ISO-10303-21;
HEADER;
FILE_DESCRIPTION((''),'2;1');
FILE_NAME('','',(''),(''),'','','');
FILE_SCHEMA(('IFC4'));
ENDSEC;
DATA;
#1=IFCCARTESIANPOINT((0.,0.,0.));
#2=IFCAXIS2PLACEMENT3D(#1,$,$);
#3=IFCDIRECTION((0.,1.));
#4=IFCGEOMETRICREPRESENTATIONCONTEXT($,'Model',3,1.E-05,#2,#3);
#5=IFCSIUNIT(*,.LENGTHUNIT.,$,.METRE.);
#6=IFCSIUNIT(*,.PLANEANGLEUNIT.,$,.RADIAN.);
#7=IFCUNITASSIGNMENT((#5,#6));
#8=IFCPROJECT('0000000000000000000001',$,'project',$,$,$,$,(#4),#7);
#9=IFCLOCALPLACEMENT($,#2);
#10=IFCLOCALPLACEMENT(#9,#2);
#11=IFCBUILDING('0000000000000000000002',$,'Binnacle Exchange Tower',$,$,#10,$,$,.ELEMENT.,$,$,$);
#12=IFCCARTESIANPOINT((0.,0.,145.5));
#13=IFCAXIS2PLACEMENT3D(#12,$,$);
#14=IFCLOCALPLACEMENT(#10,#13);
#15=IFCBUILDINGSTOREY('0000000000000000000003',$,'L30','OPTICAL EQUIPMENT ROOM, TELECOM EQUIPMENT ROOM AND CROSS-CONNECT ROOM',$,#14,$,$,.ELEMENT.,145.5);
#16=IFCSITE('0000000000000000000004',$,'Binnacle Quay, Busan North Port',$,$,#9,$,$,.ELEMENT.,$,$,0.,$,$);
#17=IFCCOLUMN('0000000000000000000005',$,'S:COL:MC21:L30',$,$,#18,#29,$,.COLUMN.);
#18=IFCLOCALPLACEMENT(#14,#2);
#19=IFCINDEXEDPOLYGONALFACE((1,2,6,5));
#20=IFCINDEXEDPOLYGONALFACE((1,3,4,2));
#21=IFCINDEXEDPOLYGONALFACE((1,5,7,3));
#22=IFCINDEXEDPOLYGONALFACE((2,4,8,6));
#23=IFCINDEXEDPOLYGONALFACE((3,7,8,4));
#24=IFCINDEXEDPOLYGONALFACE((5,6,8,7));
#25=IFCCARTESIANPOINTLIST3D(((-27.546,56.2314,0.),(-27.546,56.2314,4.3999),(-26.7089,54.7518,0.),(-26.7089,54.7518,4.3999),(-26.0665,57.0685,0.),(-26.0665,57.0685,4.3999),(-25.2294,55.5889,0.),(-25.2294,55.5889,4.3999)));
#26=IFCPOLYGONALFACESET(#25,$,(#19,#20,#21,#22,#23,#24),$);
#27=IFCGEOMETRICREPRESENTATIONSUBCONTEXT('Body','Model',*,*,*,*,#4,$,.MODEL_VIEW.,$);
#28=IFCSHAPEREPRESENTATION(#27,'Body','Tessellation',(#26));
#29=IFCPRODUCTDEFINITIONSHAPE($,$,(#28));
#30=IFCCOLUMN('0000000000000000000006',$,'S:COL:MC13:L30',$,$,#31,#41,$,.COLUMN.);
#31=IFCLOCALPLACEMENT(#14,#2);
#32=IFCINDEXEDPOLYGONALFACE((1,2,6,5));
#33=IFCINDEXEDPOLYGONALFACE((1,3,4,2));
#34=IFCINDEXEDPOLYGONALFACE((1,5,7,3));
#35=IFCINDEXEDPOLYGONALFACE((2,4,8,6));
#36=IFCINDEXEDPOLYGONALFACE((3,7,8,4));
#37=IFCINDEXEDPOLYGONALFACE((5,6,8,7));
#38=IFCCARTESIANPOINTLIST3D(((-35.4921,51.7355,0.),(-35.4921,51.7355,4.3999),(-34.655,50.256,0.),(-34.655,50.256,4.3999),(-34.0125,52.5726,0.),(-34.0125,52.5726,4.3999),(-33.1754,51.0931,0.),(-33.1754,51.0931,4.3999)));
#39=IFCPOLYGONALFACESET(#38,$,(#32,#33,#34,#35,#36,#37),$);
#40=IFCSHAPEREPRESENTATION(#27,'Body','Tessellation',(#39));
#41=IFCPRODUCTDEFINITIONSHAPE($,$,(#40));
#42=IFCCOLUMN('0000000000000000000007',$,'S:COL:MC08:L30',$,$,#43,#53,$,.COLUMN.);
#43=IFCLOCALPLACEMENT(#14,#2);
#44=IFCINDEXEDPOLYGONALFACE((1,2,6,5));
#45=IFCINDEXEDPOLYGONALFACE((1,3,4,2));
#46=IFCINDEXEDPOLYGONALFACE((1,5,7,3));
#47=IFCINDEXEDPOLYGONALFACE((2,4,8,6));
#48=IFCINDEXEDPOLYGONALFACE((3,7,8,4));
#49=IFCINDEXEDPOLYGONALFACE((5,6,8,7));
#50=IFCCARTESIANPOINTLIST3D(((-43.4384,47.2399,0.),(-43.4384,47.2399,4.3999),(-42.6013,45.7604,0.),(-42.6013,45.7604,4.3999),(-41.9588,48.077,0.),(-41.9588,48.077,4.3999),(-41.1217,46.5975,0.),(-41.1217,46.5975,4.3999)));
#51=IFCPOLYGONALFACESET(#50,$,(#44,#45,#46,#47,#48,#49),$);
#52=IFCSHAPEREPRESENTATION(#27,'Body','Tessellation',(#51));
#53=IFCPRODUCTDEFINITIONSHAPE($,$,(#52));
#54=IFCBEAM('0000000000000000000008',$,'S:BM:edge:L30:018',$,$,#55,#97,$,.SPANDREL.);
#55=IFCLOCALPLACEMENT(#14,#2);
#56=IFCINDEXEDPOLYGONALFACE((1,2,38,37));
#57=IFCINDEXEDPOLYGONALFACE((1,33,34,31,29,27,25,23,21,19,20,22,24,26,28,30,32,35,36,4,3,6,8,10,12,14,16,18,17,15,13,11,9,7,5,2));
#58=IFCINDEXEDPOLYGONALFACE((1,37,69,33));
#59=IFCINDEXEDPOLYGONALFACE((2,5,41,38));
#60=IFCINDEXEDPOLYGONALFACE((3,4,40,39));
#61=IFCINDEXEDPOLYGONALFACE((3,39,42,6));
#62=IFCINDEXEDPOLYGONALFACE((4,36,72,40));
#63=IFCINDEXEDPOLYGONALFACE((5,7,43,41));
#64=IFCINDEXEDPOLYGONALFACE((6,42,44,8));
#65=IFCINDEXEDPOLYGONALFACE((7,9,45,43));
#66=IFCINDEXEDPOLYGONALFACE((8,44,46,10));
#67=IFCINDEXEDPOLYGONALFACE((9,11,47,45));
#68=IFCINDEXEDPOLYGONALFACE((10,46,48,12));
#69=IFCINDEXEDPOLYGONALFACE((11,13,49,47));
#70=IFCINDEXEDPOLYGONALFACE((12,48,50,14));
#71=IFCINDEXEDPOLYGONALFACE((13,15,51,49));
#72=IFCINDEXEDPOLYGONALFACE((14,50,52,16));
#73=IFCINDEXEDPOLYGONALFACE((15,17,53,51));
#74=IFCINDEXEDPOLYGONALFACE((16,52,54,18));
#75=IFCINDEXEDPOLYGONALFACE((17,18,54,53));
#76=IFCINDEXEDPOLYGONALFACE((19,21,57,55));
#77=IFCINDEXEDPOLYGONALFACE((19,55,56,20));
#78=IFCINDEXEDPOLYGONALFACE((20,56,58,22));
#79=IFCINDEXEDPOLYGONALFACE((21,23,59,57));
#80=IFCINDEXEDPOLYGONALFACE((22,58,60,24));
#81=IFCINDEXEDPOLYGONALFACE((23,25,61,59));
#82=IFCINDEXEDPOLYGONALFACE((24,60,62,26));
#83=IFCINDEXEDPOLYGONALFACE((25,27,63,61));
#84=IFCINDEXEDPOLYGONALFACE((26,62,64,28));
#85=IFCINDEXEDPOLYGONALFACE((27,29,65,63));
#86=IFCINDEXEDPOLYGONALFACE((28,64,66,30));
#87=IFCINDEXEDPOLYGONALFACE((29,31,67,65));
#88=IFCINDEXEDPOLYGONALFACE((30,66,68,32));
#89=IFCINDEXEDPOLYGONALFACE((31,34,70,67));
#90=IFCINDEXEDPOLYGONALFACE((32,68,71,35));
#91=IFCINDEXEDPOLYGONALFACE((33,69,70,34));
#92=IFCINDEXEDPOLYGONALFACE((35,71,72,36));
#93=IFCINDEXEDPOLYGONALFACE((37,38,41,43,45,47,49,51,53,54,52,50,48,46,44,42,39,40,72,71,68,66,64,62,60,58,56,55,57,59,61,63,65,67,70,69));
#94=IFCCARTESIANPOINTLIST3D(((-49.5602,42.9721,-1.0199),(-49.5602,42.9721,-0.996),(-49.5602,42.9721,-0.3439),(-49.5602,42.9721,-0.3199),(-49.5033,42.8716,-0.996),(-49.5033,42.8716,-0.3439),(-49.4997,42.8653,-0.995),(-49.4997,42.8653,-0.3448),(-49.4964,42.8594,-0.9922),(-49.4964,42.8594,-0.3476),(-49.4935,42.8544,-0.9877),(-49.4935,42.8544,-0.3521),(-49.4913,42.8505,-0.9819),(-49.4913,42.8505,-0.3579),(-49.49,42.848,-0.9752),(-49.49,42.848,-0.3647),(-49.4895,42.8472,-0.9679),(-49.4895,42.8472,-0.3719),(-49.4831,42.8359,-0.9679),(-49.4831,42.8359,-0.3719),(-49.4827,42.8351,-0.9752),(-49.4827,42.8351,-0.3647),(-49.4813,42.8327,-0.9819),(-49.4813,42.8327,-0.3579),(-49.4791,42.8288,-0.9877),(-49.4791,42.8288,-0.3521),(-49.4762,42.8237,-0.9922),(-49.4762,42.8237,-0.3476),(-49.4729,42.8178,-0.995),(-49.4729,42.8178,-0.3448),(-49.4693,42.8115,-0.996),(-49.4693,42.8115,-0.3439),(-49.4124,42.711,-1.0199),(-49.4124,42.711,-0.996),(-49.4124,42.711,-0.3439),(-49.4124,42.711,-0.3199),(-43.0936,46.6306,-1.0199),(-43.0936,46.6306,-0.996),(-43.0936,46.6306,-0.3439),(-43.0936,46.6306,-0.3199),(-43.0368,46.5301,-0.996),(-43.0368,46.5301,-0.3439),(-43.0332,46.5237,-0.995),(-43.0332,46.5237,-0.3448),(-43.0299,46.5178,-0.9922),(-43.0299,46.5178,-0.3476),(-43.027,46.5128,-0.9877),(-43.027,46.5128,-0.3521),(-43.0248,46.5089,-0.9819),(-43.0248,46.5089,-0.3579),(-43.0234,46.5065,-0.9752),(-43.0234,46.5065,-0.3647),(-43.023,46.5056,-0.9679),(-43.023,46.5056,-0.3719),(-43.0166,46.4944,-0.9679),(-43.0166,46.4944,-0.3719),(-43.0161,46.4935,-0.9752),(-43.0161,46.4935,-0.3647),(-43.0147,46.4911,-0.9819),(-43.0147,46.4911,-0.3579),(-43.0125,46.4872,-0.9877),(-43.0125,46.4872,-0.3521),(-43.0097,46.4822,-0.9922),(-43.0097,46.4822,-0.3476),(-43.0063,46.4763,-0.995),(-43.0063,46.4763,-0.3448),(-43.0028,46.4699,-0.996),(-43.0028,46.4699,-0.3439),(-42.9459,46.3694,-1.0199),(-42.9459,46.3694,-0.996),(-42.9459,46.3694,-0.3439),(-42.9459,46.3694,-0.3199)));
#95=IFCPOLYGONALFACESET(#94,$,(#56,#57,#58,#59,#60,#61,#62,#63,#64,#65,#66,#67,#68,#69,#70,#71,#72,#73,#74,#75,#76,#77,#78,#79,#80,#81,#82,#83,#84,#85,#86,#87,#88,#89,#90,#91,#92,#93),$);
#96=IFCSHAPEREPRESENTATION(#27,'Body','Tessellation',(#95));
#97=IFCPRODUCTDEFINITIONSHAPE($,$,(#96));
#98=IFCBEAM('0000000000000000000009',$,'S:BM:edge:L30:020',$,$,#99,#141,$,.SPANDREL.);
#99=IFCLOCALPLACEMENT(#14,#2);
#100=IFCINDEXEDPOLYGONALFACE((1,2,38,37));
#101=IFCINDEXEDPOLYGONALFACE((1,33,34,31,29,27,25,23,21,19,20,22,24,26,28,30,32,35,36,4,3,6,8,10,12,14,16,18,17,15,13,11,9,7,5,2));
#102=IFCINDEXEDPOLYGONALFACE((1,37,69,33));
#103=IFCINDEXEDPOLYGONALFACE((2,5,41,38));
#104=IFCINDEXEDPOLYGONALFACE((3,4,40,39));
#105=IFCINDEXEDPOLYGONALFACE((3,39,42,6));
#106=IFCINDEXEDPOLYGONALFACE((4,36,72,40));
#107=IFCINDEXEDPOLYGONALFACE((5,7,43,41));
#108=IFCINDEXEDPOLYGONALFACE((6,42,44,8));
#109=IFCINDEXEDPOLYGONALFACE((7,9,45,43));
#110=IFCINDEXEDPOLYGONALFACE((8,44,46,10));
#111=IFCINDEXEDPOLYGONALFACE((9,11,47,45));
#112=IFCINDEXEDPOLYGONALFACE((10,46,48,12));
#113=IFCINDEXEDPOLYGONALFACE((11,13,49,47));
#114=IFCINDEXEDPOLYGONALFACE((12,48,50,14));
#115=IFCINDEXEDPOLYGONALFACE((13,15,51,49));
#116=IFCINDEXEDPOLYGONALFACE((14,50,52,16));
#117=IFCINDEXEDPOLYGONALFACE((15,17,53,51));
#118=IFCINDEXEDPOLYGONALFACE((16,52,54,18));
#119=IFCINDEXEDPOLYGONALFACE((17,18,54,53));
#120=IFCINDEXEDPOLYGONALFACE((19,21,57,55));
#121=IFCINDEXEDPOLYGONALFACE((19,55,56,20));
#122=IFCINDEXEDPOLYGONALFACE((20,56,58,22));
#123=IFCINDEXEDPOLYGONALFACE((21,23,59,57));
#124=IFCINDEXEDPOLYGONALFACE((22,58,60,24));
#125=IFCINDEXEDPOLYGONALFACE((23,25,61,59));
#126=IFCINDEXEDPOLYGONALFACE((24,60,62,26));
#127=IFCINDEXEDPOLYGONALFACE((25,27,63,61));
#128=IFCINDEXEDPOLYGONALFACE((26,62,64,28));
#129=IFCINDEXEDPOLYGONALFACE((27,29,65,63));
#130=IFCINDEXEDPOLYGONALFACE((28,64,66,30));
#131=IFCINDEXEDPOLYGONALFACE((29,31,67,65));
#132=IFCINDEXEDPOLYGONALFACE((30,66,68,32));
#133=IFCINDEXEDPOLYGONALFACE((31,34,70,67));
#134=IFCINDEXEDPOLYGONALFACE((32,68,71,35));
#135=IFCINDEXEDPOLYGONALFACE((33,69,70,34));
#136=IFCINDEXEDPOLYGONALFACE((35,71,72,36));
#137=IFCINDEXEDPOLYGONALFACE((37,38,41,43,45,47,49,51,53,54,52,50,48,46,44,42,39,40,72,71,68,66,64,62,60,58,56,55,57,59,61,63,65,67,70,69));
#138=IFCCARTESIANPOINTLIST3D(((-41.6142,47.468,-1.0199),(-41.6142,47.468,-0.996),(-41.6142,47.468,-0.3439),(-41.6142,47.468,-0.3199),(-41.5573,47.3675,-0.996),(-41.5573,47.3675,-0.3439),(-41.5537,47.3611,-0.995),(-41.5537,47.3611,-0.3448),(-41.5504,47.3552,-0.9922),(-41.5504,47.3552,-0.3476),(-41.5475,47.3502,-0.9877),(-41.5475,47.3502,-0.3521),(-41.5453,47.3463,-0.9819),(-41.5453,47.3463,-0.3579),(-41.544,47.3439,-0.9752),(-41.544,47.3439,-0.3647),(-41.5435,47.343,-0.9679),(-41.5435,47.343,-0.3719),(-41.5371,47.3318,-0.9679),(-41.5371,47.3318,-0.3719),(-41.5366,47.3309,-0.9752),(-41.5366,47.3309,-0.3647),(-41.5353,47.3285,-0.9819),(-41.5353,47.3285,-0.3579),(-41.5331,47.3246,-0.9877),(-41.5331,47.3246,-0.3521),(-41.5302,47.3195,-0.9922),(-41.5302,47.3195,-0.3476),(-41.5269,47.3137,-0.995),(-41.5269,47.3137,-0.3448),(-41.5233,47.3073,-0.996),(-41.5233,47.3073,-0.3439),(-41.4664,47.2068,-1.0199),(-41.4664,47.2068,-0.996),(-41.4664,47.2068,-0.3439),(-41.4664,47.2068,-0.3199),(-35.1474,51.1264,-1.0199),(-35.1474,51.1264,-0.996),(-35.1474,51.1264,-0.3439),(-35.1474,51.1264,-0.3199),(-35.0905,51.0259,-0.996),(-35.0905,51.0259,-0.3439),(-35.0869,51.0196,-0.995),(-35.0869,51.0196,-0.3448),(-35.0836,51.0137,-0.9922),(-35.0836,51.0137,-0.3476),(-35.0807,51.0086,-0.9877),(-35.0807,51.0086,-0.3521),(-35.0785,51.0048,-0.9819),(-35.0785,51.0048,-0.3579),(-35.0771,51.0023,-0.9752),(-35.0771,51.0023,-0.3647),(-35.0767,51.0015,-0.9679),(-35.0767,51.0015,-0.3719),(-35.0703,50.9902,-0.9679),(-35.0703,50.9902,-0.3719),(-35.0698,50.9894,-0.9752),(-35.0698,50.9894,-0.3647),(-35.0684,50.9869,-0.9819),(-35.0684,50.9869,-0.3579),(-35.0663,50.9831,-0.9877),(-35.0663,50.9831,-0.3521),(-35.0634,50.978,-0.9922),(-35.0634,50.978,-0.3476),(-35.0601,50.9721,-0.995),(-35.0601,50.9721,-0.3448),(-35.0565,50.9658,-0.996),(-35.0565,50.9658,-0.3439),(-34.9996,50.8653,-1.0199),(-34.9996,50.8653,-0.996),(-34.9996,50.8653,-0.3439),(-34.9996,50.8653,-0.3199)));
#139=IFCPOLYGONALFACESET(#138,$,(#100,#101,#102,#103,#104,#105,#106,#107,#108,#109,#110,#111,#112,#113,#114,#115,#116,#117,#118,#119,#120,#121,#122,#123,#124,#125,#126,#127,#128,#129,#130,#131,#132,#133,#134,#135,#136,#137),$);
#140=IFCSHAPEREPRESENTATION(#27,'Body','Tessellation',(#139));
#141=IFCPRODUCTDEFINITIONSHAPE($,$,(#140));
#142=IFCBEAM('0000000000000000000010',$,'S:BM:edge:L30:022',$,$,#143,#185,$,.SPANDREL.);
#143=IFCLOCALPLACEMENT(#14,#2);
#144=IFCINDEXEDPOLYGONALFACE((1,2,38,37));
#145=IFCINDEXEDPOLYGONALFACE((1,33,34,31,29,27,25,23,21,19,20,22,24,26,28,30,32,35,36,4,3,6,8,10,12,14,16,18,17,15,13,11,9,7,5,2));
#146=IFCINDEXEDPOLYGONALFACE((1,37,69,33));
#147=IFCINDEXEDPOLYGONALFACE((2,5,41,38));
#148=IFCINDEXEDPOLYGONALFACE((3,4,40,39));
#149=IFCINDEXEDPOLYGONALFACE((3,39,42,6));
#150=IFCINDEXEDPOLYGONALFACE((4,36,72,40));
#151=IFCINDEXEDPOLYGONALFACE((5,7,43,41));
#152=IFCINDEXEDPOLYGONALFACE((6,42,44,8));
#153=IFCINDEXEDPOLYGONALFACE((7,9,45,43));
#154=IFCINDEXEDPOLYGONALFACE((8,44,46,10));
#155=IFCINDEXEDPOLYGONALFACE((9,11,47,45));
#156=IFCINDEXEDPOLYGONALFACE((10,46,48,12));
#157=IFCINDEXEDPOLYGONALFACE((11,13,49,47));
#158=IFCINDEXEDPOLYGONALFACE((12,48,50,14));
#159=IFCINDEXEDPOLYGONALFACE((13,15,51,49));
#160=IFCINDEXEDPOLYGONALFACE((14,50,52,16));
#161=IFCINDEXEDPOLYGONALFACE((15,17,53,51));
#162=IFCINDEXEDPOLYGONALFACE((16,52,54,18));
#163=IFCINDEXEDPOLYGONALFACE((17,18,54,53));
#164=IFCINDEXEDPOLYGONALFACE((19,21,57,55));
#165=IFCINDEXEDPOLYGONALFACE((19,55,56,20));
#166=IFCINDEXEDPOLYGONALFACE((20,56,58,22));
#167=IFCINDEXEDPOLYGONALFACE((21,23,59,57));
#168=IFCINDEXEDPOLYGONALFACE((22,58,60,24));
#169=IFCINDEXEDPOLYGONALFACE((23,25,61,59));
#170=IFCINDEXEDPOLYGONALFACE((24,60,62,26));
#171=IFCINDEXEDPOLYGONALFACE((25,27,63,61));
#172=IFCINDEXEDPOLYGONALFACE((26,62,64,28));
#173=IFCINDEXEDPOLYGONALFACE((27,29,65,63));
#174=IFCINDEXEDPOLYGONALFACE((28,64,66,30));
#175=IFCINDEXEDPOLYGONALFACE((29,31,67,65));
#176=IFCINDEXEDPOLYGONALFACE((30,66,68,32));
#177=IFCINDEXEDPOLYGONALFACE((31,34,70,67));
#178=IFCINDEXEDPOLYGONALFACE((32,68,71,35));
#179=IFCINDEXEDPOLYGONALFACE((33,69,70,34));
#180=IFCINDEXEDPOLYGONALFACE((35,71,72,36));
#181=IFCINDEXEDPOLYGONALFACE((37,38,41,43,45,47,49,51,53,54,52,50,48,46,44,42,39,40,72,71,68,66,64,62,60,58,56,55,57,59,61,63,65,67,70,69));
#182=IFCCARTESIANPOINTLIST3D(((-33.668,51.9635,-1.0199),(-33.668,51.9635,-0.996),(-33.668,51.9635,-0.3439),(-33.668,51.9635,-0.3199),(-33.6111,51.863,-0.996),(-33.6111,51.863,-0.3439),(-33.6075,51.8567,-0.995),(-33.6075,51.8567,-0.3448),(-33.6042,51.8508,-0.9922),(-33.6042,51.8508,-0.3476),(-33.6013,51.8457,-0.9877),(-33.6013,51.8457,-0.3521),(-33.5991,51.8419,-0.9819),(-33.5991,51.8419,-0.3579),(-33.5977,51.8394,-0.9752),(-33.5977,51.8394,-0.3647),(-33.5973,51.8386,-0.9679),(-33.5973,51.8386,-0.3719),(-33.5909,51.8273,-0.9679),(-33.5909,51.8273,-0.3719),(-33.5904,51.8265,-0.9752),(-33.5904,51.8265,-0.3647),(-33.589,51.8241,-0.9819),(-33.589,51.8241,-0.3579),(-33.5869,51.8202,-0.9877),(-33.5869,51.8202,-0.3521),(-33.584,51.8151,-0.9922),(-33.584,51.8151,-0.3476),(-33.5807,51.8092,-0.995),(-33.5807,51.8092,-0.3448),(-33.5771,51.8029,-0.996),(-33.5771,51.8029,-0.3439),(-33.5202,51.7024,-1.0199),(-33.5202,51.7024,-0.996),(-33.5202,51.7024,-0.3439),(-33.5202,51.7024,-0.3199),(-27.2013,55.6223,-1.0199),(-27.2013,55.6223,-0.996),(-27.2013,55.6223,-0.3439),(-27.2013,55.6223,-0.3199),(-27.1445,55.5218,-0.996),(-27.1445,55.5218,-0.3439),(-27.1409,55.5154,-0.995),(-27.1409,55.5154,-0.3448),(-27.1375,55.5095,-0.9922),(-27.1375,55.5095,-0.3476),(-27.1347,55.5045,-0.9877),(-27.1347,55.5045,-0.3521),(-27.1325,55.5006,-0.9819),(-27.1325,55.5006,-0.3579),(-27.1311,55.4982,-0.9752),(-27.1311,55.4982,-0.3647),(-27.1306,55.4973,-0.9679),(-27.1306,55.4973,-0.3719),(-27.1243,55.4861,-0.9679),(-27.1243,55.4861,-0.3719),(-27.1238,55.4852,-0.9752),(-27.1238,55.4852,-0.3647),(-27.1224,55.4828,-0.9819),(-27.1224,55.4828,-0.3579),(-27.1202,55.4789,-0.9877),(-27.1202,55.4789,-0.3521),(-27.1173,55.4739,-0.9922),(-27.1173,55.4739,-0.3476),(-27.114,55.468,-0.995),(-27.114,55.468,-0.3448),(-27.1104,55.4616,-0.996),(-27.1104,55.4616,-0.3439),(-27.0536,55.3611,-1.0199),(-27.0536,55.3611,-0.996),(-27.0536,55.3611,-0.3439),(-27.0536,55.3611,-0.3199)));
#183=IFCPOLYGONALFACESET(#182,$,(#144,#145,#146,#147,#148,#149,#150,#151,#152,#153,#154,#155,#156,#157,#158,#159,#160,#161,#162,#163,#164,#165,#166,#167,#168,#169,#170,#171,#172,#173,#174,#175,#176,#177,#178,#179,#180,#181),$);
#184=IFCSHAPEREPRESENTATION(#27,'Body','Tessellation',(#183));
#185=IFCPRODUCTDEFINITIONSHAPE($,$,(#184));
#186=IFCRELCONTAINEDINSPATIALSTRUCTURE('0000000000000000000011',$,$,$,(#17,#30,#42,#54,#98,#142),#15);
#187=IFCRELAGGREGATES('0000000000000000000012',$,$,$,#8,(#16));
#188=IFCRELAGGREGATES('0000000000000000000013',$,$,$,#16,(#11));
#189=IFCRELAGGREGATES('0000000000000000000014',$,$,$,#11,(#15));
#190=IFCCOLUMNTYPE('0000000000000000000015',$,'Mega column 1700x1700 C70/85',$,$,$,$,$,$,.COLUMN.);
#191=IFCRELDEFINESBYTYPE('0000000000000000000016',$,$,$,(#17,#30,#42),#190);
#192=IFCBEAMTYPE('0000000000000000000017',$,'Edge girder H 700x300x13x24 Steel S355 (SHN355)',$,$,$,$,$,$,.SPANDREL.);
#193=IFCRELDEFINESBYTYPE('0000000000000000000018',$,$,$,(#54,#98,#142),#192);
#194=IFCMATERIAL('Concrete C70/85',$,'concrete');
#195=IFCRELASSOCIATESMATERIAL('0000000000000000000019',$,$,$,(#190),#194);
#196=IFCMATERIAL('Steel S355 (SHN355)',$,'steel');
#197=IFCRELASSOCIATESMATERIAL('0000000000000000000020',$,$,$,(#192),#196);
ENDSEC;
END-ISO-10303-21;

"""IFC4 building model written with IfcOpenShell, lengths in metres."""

from ifc_helpers import new_model, si_unit, direction, frame, origin, origin_2d, place, context, subcontext, project, spatial, rectangle, i_section, extrude, material, material_profile, profile_set, type_object, element, save


model = new_model("IFC4")

# Units and contexts
model_context = context("Model", 3, precision=1e-05, world=origin(), true_north=direction((0.0, 1.0)))
body_context = subcontext(model_context, "Body", "Model", "MODEL_VIEW")
ifc_project = project(units=[si_unit("LENGTHUNIT", "METRE"), si_unit("PLANEANGLEUNIT", "RADIAN")], contexts=[model_context])

# Site, building, storey
site_placement = place(None, origin())
site = spatial("IfcSite", under=ifc_project, at=site_placement, Name="Binnacle Quay, Busan North Port", CompositionType="ELEMENT", RefElevation=0.0)
building_placement = place(site_placement, origin())
building = spatial("IfcBuilding", under=site, at=building_placement, Name="Binnacle Exchange Tower", CompositionType="ELEMENT")
storey_placement = place(building_placement, frame((0.0, 0.0, 145.5)))
storey = spatial("IfcBuildingStorey", under=building, at=storey_placement, Name="L30", Description="OPTICAL EQUIPMENT ROOM, TELECOM EQUIPMENT ROOM AND CROSS-CONNECT ROOM", CompositionType="ELEMENT", Elevation=145.5)

# Columns
ifc_material_1 = material(Name="Concrete C70/85", Category="concrete")
ifc_material_profile_1 = material_profile(ifc_material_1, rectangle(XDim=1.7, YDim=1.7, at=origin_2d()), Name="Mega column 1700x1700 C70/85")
ifc_profile_set_1 = profile_set([ifc_material_profile_1], Name="Concrete C70/85")
column_type = type_object("IfcColumnType", Name="Mega column 1700x1700 C70/85", PredefinedType="COLUMN", material=ifc_profile_set_1)
for number, where, z_axis, x_axis, name in (
    (1, (-26.3877, 55.9102, 0.0), (0.0, 0.0, 1.0), (-0.870356, -0.492424, 0.0), "S:COL:MC21:L30"),
    (2, (-34.3337, 51.4143, 0.0), (0.0, 0.0, 1.0), (-0.870356, -0.492424, 0.0), "S:COL:MC13:L30"),
    (3, (-42.28, 46.9187, 0.0), (0.0, 0.0, 1.0), (-0.870356, -0.492424, 0.0), "S:COL:MC08:L30"),
):
    element("IfcColumn", number, at=place(storey_placement, frame(where, z_axis=z_axis, x_axis=x_axis)), inside=storey, type_object=column_type, Name=name, PredefinedType="COLUMN", context=body_context, shape_type="SweptSolid", body=[
        extrude(rectangle(XDim=1.7, YDim=1.7, at=origin_2d()), origin(), (0.0, 0.0, 1.0), 4.3999),
    ])

# Beams
ifc_material_2 = material(Name="Steel S355 (SHN355)", Category="steel")
ifc_material_profile_2 = material_profile(ifc_material_2, i_section(OverallWidth=0.3, OverallDepth=0.7, WebThickness=0.0129, FlangeThickness=0.0239, FilletRadius=0.0281, at=origin_2d()), Name="H 700x300x13x24")
ifc_profile_set_2 = profile_set([ifc_material_profile_2], Name="Steel S355 (SHN355)")
beam_type_1 = type_object("IfcBeamType", Name="Edge girder H 700x300x13x24 Steel S355 (SHN355)", PredefinedType="SPANDREL", material=ifc_profile_set_2)
beam_1_placement = place(storey_placement, frame((-43.0198, 46.5, -0.6699), z_axis=(-0.870364, -0.492408, 0.0), x_axis=(0.492408, -0.870364, 0.0)))
element("IfcBeam", 4, at=beam_1_placement, inside=storey, type_object=beam_type_1, Name="S:BM:edge:L30:018", PredefinedType="SPANDREL", context=body_context, shape_type="SweptSolid", body=[
    extrude(i_section(OverallWidth=0.3, OverallDepth=0.7, WebThickness=0.0129, FlangeThickness=0.0239, FilletRadius=0.0281, at=origin_2d()), origin(), (0.0, 0.0, 1.0), 7.4297),
])
for number, where, z_axis, x_axis, name in (
    (5, (-35.0735, 50.9958, -0.6699), (-0.870372, -0.492394, 0.0), (0.492394, -0.870372, 0.0), "S:BM:edge:L30:020"),
    (6, (-27.1274, 55.4917, -0.6699), (-0.87035, -0.492433, 0.0), (0.492433, -0.87035, 0.0), "S:BM:edge:L30:022"),
):
    element("IfcBeam", number, at=place(storey_placement, frame(where, z_axis=z_axis, x_axis=x_axis)), inside=storey, type_object=beam_type_1, Name=name, PredefinedType="SPANDREL", context=body_context, shape_type="SweptSolid", body=[
        extrude(i_section(OverallWidth=0.3, OverallDepth=0.7, WebThickness=0.0129, FlangeThickness=0.0239, FilletRadius=0.0281, at=origin_2d()), origin(), (0.0, 0.0, 1.0), 7.4299),
    ])

save(model, "model.ifc")
